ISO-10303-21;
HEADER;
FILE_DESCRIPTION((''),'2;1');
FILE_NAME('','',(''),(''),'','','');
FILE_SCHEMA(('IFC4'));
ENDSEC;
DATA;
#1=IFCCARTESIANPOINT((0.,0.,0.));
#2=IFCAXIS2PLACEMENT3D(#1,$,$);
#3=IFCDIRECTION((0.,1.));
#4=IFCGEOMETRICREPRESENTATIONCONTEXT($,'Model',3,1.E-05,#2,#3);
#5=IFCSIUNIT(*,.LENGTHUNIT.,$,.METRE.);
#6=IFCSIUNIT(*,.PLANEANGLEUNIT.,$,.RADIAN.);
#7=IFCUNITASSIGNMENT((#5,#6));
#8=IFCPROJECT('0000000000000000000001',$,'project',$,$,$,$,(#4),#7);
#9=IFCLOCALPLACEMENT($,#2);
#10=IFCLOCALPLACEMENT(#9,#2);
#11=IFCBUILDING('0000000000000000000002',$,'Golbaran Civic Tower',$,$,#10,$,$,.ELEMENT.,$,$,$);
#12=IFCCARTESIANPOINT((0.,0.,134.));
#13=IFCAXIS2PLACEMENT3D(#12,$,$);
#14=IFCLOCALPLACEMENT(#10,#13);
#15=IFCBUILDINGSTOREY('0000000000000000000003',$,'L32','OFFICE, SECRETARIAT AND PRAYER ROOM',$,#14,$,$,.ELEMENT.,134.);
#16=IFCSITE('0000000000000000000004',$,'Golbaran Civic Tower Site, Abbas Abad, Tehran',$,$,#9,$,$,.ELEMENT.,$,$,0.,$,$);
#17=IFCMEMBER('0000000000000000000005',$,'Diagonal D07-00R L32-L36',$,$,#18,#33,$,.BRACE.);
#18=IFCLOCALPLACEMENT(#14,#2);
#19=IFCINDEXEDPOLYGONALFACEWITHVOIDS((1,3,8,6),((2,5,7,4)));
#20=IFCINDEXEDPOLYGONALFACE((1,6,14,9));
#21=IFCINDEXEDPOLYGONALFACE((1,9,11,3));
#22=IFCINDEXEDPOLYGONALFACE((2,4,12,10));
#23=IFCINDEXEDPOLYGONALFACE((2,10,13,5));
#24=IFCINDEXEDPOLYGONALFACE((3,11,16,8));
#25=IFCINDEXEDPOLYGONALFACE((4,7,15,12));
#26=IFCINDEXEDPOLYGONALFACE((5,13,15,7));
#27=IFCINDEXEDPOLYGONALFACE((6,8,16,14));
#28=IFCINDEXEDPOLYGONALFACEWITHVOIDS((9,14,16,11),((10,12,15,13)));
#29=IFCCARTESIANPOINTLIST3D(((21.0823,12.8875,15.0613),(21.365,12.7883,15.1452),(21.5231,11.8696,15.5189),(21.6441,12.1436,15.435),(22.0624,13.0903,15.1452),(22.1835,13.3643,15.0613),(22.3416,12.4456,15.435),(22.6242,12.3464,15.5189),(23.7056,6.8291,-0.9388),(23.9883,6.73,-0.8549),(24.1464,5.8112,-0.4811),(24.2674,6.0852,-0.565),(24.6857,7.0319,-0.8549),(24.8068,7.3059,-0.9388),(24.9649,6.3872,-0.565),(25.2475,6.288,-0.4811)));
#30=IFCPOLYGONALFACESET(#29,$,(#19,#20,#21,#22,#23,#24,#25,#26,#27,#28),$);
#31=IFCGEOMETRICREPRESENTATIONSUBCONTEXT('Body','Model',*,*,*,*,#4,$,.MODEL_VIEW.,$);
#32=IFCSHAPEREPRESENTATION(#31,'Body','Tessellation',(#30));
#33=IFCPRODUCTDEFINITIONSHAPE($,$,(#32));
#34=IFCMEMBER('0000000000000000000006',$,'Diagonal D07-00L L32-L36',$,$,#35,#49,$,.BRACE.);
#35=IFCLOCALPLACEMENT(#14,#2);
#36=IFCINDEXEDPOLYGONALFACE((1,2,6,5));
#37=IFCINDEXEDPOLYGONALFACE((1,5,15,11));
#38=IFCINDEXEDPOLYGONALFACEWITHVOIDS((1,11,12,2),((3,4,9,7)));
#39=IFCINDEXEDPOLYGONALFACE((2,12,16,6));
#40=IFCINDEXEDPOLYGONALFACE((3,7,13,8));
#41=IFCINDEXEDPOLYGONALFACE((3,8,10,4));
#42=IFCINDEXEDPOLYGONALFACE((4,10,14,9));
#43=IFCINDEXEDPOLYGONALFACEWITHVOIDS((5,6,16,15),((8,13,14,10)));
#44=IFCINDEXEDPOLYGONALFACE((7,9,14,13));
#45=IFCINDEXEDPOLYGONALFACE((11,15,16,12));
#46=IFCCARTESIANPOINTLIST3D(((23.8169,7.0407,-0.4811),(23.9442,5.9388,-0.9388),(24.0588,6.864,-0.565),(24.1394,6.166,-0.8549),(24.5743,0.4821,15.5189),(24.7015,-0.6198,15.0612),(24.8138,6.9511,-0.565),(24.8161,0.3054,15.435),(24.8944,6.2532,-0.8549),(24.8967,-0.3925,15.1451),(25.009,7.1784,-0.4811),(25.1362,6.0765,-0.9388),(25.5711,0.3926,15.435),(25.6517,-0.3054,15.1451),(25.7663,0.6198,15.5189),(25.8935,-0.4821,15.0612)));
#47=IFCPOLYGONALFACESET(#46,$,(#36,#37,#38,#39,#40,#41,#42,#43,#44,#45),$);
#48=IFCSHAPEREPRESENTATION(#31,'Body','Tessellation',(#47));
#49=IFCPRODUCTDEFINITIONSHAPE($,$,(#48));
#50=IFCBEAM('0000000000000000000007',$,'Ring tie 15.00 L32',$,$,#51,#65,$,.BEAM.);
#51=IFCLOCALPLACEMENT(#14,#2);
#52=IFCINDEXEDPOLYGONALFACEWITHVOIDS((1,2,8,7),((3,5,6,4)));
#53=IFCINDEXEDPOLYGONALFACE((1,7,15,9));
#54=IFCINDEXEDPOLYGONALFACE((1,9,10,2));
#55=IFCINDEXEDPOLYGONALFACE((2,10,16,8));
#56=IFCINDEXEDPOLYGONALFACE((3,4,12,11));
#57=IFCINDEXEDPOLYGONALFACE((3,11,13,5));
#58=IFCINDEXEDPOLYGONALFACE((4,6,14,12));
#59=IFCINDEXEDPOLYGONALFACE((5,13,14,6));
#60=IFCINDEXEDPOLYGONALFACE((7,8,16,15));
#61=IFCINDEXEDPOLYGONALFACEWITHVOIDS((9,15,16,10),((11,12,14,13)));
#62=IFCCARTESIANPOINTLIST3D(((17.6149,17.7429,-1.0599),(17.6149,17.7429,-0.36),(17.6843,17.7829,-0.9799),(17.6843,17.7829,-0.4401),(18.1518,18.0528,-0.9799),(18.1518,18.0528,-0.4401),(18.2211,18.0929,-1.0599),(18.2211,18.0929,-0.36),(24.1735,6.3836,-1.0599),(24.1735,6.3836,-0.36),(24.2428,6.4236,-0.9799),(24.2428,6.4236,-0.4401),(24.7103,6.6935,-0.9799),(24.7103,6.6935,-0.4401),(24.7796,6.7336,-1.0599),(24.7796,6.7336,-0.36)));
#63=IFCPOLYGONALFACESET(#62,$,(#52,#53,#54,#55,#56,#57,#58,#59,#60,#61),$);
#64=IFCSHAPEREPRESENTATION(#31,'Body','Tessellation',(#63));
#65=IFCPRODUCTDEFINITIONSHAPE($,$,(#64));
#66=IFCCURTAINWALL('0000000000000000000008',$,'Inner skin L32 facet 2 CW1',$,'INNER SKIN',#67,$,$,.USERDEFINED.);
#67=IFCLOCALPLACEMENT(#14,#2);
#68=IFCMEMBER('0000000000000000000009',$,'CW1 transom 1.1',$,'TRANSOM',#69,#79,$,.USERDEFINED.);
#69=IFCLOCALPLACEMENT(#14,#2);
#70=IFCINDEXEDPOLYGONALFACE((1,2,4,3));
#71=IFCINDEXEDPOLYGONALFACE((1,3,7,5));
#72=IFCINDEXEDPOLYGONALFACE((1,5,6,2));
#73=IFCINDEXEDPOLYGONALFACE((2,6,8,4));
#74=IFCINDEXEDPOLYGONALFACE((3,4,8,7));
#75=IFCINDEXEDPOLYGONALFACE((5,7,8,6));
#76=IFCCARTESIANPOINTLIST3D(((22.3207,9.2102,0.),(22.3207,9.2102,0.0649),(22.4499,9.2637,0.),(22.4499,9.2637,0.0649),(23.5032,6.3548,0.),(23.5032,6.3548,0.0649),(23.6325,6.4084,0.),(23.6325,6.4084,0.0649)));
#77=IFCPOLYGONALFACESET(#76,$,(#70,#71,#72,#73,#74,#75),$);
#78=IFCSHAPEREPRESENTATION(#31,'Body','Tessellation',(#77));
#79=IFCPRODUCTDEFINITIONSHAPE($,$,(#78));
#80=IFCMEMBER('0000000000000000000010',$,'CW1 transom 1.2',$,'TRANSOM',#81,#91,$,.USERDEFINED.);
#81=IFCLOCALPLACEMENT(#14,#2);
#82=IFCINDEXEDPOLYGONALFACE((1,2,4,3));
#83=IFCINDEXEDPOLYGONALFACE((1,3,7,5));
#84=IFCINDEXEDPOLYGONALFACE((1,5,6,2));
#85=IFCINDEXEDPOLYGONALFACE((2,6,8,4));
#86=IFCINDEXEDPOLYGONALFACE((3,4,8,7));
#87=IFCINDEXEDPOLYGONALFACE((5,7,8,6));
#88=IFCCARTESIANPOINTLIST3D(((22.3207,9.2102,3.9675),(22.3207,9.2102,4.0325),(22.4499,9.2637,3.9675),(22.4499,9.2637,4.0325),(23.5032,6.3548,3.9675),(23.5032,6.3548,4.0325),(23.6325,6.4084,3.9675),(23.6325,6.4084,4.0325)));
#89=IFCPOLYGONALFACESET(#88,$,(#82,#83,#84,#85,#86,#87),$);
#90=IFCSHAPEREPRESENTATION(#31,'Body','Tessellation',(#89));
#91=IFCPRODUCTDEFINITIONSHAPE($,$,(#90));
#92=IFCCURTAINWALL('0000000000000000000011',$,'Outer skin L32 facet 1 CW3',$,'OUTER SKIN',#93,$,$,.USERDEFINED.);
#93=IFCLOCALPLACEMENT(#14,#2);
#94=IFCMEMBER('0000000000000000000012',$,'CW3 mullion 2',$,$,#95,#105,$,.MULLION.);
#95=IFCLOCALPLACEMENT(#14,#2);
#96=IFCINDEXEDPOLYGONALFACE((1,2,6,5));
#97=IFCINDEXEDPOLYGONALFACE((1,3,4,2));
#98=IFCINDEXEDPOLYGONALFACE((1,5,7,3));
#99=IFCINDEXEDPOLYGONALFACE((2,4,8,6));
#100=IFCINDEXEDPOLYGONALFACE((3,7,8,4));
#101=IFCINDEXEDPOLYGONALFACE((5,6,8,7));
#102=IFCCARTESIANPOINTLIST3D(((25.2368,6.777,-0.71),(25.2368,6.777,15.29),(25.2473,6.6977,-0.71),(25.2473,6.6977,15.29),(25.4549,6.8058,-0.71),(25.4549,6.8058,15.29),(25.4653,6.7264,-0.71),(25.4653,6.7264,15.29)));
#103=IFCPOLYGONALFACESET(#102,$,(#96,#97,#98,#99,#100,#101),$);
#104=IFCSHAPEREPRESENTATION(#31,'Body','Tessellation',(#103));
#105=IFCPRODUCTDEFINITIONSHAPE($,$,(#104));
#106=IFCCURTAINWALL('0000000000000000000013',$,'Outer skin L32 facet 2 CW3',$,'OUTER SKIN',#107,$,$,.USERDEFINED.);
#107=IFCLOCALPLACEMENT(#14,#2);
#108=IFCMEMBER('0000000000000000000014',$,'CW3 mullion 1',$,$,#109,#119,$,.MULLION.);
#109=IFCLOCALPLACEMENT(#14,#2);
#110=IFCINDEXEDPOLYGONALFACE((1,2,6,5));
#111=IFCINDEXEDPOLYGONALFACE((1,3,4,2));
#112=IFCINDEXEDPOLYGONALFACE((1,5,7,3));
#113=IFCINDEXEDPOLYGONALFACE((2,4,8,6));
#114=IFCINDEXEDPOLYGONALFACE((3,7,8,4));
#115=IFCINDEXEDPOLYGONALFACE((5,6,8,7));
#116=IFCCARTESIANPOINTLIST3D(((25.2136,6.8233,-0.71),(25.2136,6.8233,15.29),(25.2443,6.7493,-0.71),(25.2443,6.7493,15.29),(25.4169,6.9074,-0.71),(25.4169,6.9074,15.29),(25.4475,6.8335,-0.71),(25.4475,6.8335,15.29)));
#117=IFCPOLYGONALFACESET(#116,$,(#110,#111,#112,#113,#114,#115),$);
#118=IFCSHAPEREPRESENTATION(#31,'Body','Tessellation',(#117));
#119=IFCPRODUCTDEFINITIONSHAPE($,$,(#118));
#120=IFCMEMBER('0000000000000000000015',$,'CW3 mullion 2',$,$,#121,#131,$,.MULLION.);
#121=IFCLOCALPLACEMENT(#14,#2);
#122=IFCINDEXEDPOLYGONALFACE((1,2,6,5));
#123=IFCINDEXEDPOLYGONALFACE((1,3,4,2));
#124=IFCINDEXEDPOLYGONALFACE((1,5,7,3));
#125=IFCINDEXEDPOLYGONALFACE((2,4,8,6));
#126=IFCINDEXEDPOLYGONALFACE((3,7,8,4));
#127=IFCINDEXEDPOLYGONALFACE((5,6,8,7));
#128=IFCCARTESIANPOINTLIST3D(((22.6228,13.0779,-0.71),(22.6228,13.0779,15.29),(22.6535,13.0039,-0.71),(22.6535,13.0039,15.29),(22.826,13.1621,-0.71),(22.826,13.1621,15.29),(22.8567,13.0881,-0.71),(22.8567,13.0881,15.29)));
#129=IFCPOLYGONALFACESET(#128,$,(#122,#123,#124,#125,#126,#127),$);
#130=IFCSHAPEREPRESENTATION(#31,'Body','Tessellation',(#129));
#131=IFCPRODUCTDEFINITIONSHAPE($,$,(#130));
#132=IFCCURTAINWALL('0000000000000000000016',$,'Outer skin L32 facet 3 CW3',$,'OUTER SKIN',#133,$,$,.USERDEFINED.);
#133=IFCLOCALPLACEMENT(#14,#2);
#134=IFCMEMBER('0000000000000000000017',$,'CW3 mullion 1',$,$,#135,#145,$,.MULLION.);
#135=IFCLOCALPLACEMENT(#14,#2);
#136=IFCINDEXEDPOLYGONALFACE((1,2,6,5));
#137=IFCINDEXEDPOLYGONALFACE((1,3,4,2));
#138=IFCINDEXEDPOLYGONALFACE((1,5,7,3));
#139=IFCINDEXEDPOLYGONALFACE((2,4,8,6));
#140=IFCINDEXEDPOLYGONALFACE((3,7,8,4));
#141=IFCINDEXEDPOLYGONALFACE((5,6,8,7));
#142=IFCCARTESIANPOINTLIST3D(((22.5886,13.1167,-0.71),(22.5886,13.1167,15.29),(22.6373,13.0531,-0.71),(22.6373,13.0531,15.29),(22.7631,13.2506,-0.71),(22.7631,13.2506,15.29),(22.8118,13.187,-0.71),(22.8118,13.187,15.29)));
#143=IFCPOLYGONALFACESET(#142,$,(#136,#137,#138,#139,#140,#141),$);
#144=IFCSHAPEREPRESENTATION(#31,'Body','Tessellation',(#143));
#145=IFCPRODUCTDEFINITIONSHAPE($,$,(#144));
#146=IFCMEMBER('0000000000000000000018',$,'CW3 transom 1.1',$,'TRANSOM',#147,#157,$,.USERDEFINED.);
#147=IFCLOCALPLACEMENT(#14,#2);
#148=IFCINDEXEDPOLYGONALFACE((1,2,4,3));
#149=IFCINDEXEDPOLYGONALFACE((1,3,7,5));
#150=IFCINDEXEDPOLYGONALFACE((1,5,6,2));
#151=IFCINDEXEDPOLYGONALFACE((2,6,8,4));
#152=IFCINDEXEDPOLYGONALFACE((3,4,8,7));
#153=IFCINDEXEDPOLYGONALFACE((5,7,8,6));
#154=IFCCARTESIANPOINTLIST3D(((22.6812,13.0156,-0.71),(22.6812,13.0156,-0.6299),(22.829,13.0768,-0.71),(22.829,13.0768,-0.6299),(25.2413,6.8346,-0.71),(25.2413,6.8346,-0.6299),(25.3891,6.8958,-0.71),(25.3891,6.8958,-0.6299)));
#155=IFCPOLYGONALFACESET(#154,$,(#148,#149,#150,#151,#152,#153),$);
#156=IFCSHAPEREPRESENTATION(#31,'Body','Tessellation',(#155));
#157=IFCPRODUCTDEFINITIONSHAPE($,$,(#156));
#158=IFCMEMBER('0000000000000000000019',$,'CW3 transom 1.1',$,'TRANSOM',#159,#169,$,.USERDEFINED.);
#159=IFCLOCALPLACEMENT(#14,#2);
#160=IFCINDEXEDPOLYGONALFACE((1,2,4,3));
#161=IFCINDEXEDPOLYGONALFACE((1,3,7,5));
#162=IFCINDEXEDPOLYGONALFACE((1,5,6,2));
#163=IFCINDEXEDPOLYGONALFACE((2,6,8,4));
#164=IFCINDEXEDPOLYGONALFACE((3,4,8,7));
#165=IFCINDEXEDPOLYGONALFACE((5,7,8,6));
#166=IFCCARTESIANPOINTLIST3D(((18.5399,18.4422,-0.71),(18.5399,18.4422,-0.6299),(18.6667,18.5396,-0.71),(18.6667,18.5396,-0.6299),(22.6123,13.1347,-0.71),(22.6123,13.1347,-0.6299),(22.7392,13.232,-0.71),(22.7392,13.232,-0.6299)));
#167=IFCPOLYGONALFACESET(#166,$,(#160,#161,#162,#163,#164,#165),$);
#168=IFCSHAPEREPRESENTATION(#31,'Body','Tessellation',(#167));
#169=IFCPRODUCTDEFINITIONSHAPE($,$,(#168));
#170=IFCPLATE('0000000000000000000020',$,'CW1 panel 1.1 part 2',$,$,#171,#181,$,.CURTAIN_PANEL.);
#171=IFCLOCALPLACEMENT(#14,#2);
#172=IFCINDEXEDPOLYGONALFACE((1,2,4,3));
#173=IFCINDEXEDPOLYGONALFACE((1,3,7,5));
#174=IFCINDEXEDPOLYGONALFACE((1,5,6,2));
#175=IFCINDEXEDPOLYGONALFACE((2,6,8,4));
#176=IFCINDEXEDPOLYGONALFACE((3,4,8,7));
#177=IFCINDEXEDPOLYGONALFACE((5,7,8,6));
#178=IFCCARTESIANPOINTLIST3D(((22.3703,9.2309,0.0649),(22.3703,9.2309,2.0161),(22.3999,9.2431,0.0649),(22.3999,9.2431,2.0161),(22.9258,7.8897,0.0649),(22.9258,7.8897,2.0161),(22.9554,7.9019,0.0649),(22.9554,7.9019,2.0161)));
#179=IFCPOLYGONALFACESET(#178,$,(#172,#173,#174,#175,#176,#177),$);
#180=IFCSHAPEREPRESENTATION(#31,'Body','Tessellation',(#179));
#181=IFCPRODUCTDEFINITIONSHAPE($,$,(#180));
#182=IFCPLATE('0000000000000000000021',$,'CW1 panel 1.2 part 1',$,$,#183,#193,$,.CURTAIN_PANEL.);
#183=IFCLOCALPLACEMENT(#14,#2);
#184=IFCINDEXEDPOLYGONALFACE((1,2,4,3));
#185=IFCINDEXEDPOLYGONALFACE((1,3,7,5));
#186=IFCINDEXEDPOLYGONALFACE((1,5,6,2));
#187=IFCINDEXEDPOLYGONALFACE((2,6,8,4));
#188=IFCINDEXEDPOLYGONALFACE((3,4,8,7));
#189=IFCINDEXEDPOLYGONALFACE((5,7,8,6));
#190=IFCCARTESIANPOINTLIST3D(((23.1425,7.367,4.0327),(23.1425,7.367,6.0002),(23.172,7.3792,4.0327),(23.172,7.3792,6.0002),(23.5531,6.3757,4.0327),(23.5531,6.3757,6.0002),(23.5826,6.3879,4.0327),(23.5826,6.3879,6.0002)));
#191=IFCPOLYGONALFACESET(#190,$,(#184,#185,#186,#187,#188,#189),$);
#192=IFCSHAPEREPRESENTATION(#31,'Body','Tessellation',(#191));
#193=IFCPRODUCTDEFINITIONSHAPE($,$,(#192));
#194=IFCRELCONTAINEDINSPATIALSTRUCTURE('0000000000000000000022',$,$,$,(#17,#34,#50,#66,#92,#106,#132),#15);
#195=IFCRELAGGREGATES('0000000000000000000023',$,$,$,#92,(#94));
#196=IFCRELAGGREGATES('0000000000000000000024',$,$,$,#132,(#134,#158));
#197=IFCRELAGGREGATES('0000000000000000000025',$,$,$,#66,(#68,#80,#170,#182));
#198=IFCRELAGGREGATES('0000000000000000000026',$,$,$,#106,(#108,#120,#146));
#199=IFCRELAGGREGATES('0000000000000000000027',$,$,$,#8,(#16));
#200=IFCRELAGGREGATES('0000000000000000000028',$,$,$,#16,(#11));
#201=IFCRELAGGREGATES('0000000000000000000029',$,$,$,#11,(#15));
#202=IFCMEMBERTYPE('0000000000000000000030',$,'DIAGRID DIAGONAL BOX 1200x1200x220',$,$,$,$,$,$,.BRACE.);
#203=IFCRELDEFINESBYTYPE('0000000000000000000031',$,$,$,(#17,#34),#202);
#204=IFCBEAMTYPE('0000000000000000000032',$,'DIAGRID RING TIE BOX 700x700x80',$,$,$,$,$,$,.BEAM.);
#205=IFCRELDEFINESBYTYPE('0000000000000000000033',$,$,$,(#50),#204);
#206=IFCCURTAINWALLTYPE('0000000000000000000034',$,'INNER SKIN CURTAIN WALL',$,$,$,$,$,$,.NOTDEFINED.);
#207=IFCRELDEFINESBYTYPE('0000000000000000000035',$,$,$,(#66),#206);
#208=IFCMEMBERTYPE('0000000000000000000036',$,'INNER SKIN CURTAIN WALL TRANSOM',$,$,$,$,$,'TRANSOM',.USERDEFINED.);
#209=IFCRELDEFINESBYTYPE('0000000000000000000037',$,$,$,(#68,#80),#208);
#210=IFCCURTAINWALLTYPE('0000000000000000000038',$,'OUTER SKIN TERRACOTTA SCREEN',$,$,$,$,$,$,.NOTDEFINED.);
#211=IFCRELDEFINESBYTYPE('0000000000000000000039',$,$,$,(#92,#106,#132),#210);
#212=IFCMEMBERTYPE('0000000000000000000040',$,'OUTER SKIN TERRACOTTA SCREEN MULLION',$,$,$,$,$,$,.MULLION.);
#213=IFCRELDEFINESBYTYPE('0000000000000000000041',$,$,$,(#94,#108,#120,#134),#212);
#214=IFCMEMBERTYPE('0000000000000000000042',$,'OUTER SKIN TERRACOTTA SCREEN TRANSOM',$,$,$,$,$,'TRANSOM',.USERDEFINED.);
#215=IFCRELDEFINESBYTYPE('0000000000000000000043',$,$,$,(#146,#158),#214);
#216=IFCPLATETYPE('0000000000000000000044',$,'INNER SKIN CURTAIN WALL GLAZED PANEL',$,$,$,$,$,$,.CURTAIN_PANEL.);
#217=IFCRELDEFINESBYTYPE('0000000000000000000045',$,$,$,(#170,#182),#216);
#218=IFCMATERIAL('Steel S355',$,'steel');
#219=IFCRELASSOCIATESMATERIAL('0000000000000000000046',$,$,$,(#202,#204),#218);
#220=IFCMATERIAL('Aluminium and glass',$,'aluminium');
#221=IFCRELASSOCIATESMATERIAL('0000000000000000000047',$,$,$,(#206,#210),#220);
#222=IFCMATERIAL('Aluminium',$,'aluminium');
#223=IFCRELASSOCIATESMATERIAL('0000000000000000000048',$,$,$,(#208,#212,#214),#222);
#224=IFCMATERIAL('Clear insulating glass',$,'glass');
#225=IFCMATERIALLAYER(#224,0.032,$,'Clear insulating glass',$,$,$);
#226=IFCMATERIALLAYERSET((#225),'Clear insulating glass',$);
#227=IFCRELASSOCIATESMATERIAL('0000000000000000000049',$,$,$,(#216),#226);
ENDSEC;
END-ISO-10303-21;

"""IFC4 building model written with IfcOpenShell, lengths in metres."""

from ifc_helpers import new_model, si_unit, direction, frame, origin, origin_2d, place, context, subcontext, project, spatial, rectangle, hollow_rectangle, extrude, material, layer, layer_set, material_profile, profile_set, type_object, element, aggregate, save


model = new_model("IFC4")

# Units and contexts
model_context = context("Model", 3, precision=1e-05, world=origin(), true_north=direction((0.0, 1.0)))
body_context = subcontext(model_context, "Body", "Model", "MODEL_VIEW")
ifc_project = project(units=[si_unit("LENGTHUNIT", "METRE"), si_unit("PLANEANGLEUNIT", "RADIAN")], contexts=[model_context])

# Site, building, storey
site_placement = place(None, origin())
site = spatial("IfcSite", under=ifc_project, at=site_placement, Name="Golbaran Civic Tower Site, Abbas Abad, Tehran", CompositionType="ELEMENT", RefElevation=0.0)
building_placement = place(site_placement, origin())
building = spatial("IfcBuilding", under=site, at=building_placement, Name="Golbaran Civic Tower", CompositionType="ELEMENT")
storey_placement = place(building_placement, frame((0.0, 0.0, 134.0)))
storey = spatial("IfcBuildingStorey", under=building, at=storey_placement, Name="L32", Description="OFFICE, SECRETARIAT AND PRAYER ROOM", CompositionType="ELEMENT", Elevation=134.0)

# Members
ifc_material_1 = material(Name="Steel S355", Category="steel")
ifc_material_profile_1 = material_profile(ifc_material_1, hollow_rectangle(XDim=1.2, YDim=1.2, WallThickness=0.22, at=origin_2d()), Name="BOX 1200x1200x220")
ifc_profile_set_1 = profile_set([ifc_material_profile_1], Name="Steel S355")
member_type_1 = type_object("IfcMemberType", Name="DIAGRID DIAGONAL BOX 1200x1200x220", PredefinedType="BRACE", material=ifc_profile_set_1)
for number, where, z_axis, x_axis, name in (
    (1, (24.4766, 6.5586, -0.71), (-0.151561, 0.350021, 0.9244), (-0.917666, -0.397353, 0.0), "Diagonal D07-00R L32-L36"),
    (2, (24.4766, 6.5586, -0.71), (0.043754, -0.37892, 0.924394), (0.993399, 0.114708, 0.0), "Diagonal D07-00L L32-L36"),
):
    element("IfcMember", number, at=place(storey_placement, frame(where, z_axis=z_axis, x_axis=x_axis)), inside=storey, type_object=member_type_1, Name=name, PredefinedType="BRACE", context=body_context, shape_type="SweptSolid", body=[
        extrude(hollow_rectangle(XDim=1.2, YDim=1.2, WallThickness=0.22, at=origin_2d()), origin(), (0.0, 0.0, 1.0), 17.3086),
    ])

# Beam
ifc_material_profile_2 = material_profile(ifc_material_1, hollow_rectangle(XDim=0.7, YDim=0.7, WallThickness=0.0801, at=origin_2d()), Name="BOX 700x700x80")
ifc_profile_set_2 = profile_set([ifc_material_profile_2], Name="Steel S355")
beam_type = type_object("IfcBeamType", Name="DIAGRID RING TIE BOX 700x700x80", PredefinedType="BEAM", material=ifc_profile_set_2)
beam_placement = place(storey_placement, frame((24.4766, 6.5586, -0.71), z_axis=(-0.500015, 0.866017, 0.0), x_axis=(-0.866017, -0.500015, 0.0)))
element("IfcBeam", 3, at=beam_placement, inside=storey, type_object=beam_type, Name="Ring tie 15.00 L32", PredefinedType="BEAM", context=body_context, shape_type="SweptSolid", body=[
    extrude(hollow_rectangle(XDim=0.7, YDim=0.7, WallThickness=0.0801, at=origin_2d()), origin(), (0.0, 0.0, 1.0), 13.1167),
])

# Curtain wall, members
ifc_material_2 = material(Name="Aluminium and glass", Category="aluminium")
curtain_wall_type_1 = type_object("IfcCurtainWallType", Name="INNER SKIN CURTAIN WALL", PredefinedType="NOTDEFINED", material=ifc_material_2)
curtain_wall_1_placement = place(storey_placement, origin())
curtain_wall_1 = element("IfcCurtainWall", 4, at=curtain_wall_1_placement, inside=storey, type_object=curtain_wall_type_1, Name="Inner skin L32 facet 2 CW1", ObjectType="INNER SKIN", PredefinedType="USERDEFINED")
ifc_material_3 = material(Name="Aluminium", Category="aluminium")
ifc_material_profile_3 = material_profile(ifc_material_3, rectangle(XDim=0.1399, YDim=0.0649, at=origin_2d()), Name="INNER SKIN CURTAIN WALL TRANSOM")
ifc_profile_set_3 = profile_set([ifc_material_profile_3], Name="Aluminium")
member_type_2 = type_object("IfcMemberType", Name="INNER SKIN CURTAIN WALL TRANSOM", ElementType="TRANSOM", PredefinedType="USERDEFINED", material=ifc_profile_set_3)
member_1_placement = place(storey_placement, frame((23.5679, 6.3816, 0.0325), z_axis=(-0.38264, 0.923897, 0.0), x_axis=(-0.923897, -0.38264, 0.0)))
member_1 = element("IfcMember", 5, at=member_1_placement, type_object=member_type_2, Name="CW1 transom 1.1", ObjectType="TRANSOM", PredefinedType="USERDEFINED", context=body_context, shape_type="SweptSolid", body=[
    extrude(rectangle(XDim=0.1399, YDim=0.0649, at=origin_2d()), origin(), (0.0, 0.0, 1.0), 3.0906),
])
member_2_placement = place(storey_placement, frame((23.5679, 6.3816, 4.0), z_axis=(-0.38264, 0.923897, 0.0), x_axis=(-0.923897, -0.38264, 0.0)))
member_2 = element("IfcMember", 6, at=member_2_placement, type_object=member_type_2, Name="CW1 transom 1.2", ObjectType="TRANSOM", PredefinedType="USERDEFINED", context=body_context, shape_type="SweptSolid", body=[
    extrude(rectangle(XDim=0.1399, YDim=0.0649, at=origin_2d()), origin(), (0.0, 0.0, 1.0), 3.0906),
])

# Curtain wall, member
curtain_wall_type_2 = type_object("IfcCurtainWallType", Name="OUTER SKIN TERRACOTTA SCREEN", PredefinedType="NOTDEFINED", material=ifc_material_2)
curtain_wall_2_placement = place(storey_placement, origin())
curtain_wall_2 = element("IfcCurtainWall", 7, at=curtain_wall_2_placement, inside=storey, type_object=curtain_wall_type_2, Name="Outer skin L32 facet 1 CW3", ObjectType="OUTER SKIN", PredefinedType="USERDEFINED")
ifc_material_profile_4 = material_profile(ifc_material_3, rectangle(XDim=0.22, YDim=0.0801, at=origin_2d()), Name="OUTER SKIN TERRACOTTA SCREEN MULLION")
ifc_profile_set_4 = profile_set([ifc_material_profile_4], Name="Aluminium")
member_type_3 = type_object("IfcMemberType", Name="OUTER SKIN TERRACOTTA SCREEN MULLION", PredefinedType="MULLION", material=ifc_profile_set_4)
member_3_placement = place(storey_placement, frame((25.3511, 6.7517, -0.71), z_axis=(0.0, 0.0, 1.0), x_axis=(-0.991445, -0.130526, 0.0)))
member_3 = element("IfcMember", 8, at=member_3_placement, type_object=member_type_3, Name="CW3 mullion 2", PredefinedType="MULLION", context=body_context, shape_type="SweptSolid", body=[
    extrude(rectangle(XDim=0.22, YDim=0.0801, at=origin_2d()), origin(), (0.0, 0.0, 1.0), 16.0),
])
aggregate(curtain_wall_2, [member_3])

# Curtain wall, members
curtain_wall_3_placement = place(storey_placement, origin())
curtain_wall_3 = element("IfcCurtainWall", 9, at=curtain_wall_3_placement, inside=storey, type_object=curtain_wall_type_2, Name="Outer skin L32 facet 2 CW3", ObjectType="OUTER SKIN", PredefinedType="USERDEFINED")
member_4_placement = place(storey_placement, frame((25.3306, 6.8284, -0.71), z_axis=(0.0, 0.0, 1.0), x_axis=(-0.92388, -0.382683, 0.0)))
member_4 = element("IfcMember", 10, at=member_4_placement, type_object=member_type_3, Name="CW3 mullion 1", PredefinedType="MULLION", context=body_context, shape_type="SweptSolid", body=[
    extrude(rectangle(XDim=0.22, YDim=0.0801, at=origin_2d()), origin(), (0.0, 0.0, 1.0), 16.0),
])
member_5_placement = place(storey_placement, frame((22.7397, 13.083, -0.71), z_axis=(0.0, 0.0, 1.0), x_axis=(-0.92388, -0.382683, 0.0)))
member_5 = element("IfcMember", 11, at=member_5_placement, type_object=member_type_3, Name="CW3 mullion 2", PredefinedType="MULLION", context=body_context, shape_type="SweptSolid", body=[
    extrude(rectangle(XDim=0.22, YDim=0.0801, at=origin_2d()), origin(), (0.0, 0.0, 1.0), 16.0),
])

# Curtain wall, member
curtain_wall_4_placement = place(storey_placement, origin())
curtain_wall_4 = element("IfcCurtainWall", 12, at=curtain_wall_4_placement, inside=storey, type_object=curtain_wall_type_2, Name="Outer skin L32 facet 3 CW3", ObjectType="OUTER SKIN", PredefinedType="USERDEFINED")
member_6_placement = place(storey_placement, frame((22.7002, 13.1519, -0.71), z_axis=(0.0, 0.0, 1.0), x_axis=(-0.793353, -0.608761, 0.0)))
member_6 = element("IfcMember", 13, at=member_6_placement, type_object=member_type_3, Name="CW3 mullion 1", PredefinedType="MULLION", context=body_context, shape_type="SweptSolid", body=[
    extrude(rectangle(XDim=0.22, YDim=0.0801, at=origin_2d()), origin(), (0.0, 0.0, 1.0), 16.0),
])

# Members
ifc_material_profile_5 = material_profile(ifc_material_3, rectangle(XDim=0.1599, YDim=0.0801, at=origin_2d()), Name="OUTER SKIN TERRACOTTA SCREEN TRANSOM")
ifc_profile_set_5 = profile_set([ifc_material_profile_5], Name="Aluminium")
member_type_4 = type_object("IfcMemberType", Name="OUTER SKIN TERRACOTTA SCREEN TRANSOM", ElementType="TRANSOM", PredefinedType="USERDEFINED", material=ifc_profile_set_5)
member_7_placement = place(storey_placement, frame((25.3152, 6.8652, -0.6699), z_axis=(-0.382663, 0.923888, 0.0), x_axis=(-0.923888, -0.382663, 0.0)))
member_7 = element("IfcMember", 14, at=member_7_placement, type_object=member_type_4, Name="CW3 transom 1.1", ObjectType="TRANSOM", PredefinedType="USERDEFINED", context=body_context, shape_type="SweptSolid", body=[
    extrude(rectangle(XDim=0.1599, YDim=0.0801, at=origin_2d()), origin(), (0.0, 0.0, 1.0), 6.6902),
])
member_8_placement = place(storey_placement, frame((22.6758, 13.1833, -0.6699), z_axis=(-0.608746, 0.793365, 0.0), x_axis=(-0.793365, -0.608746, 0.0)))
member_8 = element("IfcMember", 15, at=member_8_placement, type_object=member_type_4, Name="CW3 transom 1.1", ObjectType="TRANSOM", PredefinedType="USERDEFINED", context=body_context, shape_type="SweptSolid", body=[
    extrude(rectangle(XDim=0.1599, YDim=0.0801, at=origin_2d()), origin(), (0.0, 0.0, 1.0), 6.6899),
])
aggregate(curtain_wall_4, [member_6, member_8])

# Plates
ifc_material_4 = material(Name="Clear insulating glass", Category="glass")
ifc_layer_1 = layer(ifc_material_4, 0.032, Name="Clear insulating glass")
ifc_layer_set_1 = layer_set([ifc_layer_1], Name="Clear insulating glass")
plate_type_1 = type_object("IfcPlateType", Name="INNER SKIN CURTAIN WALL GLAZED PANEL", PredefinedType="CURTAIN_PANEL", material=ifc_layer_set_1)
plate_1_placement = place(storey_placement, frame((22.6628, 8.5664, 0.0649), z_axis=(0.0, 0.0, 1.0), x_axis=(-0.382683, 0.92388, 0.0)))
plate_1 = element("IfcPlate", 16, at=plate_1_placement, type_object=plate_type_1, Name="CW1 panel 1.1 part 2", PredefinedType="CURTAIN_PANEL", context=body_context, shape_type="SweptSolid", body=[
    extrude(rectangle(XDim=1.4517, YDim=0.032, at=origin_2d()), origin(), (0.0, 0.0, 1.0), 1.9512),
])
plate_2_placement = place(storey_placement, frame((23.3625, 6.8774, 4.0327), z_axis=(0.0, 0.0, 1.0), x_axis=(-0.382683, 0.92388, 0.0)))
plate_2 = element("IfcPlate", 17, at=plate_2_placement, type_object=plate_type_1, Name="CW1 panel 1.2 part 1", PredefinedType="CURTAIN_PANEL", context=body_context, shape_type="SweptSolid", body=[
    extrude(rectangle(XDim=1.073, YDim=0.032, at=origin_2d()), origin(), (0.0, 0.0, 1.0), 1.9675),
])
aggregate(curtain_wall_1, [member_1, member_2, plate_1, plate_2])
aggregate(curtain_wall_3, [member_4, member_5, member_7])

save(model, "model.ifc")
